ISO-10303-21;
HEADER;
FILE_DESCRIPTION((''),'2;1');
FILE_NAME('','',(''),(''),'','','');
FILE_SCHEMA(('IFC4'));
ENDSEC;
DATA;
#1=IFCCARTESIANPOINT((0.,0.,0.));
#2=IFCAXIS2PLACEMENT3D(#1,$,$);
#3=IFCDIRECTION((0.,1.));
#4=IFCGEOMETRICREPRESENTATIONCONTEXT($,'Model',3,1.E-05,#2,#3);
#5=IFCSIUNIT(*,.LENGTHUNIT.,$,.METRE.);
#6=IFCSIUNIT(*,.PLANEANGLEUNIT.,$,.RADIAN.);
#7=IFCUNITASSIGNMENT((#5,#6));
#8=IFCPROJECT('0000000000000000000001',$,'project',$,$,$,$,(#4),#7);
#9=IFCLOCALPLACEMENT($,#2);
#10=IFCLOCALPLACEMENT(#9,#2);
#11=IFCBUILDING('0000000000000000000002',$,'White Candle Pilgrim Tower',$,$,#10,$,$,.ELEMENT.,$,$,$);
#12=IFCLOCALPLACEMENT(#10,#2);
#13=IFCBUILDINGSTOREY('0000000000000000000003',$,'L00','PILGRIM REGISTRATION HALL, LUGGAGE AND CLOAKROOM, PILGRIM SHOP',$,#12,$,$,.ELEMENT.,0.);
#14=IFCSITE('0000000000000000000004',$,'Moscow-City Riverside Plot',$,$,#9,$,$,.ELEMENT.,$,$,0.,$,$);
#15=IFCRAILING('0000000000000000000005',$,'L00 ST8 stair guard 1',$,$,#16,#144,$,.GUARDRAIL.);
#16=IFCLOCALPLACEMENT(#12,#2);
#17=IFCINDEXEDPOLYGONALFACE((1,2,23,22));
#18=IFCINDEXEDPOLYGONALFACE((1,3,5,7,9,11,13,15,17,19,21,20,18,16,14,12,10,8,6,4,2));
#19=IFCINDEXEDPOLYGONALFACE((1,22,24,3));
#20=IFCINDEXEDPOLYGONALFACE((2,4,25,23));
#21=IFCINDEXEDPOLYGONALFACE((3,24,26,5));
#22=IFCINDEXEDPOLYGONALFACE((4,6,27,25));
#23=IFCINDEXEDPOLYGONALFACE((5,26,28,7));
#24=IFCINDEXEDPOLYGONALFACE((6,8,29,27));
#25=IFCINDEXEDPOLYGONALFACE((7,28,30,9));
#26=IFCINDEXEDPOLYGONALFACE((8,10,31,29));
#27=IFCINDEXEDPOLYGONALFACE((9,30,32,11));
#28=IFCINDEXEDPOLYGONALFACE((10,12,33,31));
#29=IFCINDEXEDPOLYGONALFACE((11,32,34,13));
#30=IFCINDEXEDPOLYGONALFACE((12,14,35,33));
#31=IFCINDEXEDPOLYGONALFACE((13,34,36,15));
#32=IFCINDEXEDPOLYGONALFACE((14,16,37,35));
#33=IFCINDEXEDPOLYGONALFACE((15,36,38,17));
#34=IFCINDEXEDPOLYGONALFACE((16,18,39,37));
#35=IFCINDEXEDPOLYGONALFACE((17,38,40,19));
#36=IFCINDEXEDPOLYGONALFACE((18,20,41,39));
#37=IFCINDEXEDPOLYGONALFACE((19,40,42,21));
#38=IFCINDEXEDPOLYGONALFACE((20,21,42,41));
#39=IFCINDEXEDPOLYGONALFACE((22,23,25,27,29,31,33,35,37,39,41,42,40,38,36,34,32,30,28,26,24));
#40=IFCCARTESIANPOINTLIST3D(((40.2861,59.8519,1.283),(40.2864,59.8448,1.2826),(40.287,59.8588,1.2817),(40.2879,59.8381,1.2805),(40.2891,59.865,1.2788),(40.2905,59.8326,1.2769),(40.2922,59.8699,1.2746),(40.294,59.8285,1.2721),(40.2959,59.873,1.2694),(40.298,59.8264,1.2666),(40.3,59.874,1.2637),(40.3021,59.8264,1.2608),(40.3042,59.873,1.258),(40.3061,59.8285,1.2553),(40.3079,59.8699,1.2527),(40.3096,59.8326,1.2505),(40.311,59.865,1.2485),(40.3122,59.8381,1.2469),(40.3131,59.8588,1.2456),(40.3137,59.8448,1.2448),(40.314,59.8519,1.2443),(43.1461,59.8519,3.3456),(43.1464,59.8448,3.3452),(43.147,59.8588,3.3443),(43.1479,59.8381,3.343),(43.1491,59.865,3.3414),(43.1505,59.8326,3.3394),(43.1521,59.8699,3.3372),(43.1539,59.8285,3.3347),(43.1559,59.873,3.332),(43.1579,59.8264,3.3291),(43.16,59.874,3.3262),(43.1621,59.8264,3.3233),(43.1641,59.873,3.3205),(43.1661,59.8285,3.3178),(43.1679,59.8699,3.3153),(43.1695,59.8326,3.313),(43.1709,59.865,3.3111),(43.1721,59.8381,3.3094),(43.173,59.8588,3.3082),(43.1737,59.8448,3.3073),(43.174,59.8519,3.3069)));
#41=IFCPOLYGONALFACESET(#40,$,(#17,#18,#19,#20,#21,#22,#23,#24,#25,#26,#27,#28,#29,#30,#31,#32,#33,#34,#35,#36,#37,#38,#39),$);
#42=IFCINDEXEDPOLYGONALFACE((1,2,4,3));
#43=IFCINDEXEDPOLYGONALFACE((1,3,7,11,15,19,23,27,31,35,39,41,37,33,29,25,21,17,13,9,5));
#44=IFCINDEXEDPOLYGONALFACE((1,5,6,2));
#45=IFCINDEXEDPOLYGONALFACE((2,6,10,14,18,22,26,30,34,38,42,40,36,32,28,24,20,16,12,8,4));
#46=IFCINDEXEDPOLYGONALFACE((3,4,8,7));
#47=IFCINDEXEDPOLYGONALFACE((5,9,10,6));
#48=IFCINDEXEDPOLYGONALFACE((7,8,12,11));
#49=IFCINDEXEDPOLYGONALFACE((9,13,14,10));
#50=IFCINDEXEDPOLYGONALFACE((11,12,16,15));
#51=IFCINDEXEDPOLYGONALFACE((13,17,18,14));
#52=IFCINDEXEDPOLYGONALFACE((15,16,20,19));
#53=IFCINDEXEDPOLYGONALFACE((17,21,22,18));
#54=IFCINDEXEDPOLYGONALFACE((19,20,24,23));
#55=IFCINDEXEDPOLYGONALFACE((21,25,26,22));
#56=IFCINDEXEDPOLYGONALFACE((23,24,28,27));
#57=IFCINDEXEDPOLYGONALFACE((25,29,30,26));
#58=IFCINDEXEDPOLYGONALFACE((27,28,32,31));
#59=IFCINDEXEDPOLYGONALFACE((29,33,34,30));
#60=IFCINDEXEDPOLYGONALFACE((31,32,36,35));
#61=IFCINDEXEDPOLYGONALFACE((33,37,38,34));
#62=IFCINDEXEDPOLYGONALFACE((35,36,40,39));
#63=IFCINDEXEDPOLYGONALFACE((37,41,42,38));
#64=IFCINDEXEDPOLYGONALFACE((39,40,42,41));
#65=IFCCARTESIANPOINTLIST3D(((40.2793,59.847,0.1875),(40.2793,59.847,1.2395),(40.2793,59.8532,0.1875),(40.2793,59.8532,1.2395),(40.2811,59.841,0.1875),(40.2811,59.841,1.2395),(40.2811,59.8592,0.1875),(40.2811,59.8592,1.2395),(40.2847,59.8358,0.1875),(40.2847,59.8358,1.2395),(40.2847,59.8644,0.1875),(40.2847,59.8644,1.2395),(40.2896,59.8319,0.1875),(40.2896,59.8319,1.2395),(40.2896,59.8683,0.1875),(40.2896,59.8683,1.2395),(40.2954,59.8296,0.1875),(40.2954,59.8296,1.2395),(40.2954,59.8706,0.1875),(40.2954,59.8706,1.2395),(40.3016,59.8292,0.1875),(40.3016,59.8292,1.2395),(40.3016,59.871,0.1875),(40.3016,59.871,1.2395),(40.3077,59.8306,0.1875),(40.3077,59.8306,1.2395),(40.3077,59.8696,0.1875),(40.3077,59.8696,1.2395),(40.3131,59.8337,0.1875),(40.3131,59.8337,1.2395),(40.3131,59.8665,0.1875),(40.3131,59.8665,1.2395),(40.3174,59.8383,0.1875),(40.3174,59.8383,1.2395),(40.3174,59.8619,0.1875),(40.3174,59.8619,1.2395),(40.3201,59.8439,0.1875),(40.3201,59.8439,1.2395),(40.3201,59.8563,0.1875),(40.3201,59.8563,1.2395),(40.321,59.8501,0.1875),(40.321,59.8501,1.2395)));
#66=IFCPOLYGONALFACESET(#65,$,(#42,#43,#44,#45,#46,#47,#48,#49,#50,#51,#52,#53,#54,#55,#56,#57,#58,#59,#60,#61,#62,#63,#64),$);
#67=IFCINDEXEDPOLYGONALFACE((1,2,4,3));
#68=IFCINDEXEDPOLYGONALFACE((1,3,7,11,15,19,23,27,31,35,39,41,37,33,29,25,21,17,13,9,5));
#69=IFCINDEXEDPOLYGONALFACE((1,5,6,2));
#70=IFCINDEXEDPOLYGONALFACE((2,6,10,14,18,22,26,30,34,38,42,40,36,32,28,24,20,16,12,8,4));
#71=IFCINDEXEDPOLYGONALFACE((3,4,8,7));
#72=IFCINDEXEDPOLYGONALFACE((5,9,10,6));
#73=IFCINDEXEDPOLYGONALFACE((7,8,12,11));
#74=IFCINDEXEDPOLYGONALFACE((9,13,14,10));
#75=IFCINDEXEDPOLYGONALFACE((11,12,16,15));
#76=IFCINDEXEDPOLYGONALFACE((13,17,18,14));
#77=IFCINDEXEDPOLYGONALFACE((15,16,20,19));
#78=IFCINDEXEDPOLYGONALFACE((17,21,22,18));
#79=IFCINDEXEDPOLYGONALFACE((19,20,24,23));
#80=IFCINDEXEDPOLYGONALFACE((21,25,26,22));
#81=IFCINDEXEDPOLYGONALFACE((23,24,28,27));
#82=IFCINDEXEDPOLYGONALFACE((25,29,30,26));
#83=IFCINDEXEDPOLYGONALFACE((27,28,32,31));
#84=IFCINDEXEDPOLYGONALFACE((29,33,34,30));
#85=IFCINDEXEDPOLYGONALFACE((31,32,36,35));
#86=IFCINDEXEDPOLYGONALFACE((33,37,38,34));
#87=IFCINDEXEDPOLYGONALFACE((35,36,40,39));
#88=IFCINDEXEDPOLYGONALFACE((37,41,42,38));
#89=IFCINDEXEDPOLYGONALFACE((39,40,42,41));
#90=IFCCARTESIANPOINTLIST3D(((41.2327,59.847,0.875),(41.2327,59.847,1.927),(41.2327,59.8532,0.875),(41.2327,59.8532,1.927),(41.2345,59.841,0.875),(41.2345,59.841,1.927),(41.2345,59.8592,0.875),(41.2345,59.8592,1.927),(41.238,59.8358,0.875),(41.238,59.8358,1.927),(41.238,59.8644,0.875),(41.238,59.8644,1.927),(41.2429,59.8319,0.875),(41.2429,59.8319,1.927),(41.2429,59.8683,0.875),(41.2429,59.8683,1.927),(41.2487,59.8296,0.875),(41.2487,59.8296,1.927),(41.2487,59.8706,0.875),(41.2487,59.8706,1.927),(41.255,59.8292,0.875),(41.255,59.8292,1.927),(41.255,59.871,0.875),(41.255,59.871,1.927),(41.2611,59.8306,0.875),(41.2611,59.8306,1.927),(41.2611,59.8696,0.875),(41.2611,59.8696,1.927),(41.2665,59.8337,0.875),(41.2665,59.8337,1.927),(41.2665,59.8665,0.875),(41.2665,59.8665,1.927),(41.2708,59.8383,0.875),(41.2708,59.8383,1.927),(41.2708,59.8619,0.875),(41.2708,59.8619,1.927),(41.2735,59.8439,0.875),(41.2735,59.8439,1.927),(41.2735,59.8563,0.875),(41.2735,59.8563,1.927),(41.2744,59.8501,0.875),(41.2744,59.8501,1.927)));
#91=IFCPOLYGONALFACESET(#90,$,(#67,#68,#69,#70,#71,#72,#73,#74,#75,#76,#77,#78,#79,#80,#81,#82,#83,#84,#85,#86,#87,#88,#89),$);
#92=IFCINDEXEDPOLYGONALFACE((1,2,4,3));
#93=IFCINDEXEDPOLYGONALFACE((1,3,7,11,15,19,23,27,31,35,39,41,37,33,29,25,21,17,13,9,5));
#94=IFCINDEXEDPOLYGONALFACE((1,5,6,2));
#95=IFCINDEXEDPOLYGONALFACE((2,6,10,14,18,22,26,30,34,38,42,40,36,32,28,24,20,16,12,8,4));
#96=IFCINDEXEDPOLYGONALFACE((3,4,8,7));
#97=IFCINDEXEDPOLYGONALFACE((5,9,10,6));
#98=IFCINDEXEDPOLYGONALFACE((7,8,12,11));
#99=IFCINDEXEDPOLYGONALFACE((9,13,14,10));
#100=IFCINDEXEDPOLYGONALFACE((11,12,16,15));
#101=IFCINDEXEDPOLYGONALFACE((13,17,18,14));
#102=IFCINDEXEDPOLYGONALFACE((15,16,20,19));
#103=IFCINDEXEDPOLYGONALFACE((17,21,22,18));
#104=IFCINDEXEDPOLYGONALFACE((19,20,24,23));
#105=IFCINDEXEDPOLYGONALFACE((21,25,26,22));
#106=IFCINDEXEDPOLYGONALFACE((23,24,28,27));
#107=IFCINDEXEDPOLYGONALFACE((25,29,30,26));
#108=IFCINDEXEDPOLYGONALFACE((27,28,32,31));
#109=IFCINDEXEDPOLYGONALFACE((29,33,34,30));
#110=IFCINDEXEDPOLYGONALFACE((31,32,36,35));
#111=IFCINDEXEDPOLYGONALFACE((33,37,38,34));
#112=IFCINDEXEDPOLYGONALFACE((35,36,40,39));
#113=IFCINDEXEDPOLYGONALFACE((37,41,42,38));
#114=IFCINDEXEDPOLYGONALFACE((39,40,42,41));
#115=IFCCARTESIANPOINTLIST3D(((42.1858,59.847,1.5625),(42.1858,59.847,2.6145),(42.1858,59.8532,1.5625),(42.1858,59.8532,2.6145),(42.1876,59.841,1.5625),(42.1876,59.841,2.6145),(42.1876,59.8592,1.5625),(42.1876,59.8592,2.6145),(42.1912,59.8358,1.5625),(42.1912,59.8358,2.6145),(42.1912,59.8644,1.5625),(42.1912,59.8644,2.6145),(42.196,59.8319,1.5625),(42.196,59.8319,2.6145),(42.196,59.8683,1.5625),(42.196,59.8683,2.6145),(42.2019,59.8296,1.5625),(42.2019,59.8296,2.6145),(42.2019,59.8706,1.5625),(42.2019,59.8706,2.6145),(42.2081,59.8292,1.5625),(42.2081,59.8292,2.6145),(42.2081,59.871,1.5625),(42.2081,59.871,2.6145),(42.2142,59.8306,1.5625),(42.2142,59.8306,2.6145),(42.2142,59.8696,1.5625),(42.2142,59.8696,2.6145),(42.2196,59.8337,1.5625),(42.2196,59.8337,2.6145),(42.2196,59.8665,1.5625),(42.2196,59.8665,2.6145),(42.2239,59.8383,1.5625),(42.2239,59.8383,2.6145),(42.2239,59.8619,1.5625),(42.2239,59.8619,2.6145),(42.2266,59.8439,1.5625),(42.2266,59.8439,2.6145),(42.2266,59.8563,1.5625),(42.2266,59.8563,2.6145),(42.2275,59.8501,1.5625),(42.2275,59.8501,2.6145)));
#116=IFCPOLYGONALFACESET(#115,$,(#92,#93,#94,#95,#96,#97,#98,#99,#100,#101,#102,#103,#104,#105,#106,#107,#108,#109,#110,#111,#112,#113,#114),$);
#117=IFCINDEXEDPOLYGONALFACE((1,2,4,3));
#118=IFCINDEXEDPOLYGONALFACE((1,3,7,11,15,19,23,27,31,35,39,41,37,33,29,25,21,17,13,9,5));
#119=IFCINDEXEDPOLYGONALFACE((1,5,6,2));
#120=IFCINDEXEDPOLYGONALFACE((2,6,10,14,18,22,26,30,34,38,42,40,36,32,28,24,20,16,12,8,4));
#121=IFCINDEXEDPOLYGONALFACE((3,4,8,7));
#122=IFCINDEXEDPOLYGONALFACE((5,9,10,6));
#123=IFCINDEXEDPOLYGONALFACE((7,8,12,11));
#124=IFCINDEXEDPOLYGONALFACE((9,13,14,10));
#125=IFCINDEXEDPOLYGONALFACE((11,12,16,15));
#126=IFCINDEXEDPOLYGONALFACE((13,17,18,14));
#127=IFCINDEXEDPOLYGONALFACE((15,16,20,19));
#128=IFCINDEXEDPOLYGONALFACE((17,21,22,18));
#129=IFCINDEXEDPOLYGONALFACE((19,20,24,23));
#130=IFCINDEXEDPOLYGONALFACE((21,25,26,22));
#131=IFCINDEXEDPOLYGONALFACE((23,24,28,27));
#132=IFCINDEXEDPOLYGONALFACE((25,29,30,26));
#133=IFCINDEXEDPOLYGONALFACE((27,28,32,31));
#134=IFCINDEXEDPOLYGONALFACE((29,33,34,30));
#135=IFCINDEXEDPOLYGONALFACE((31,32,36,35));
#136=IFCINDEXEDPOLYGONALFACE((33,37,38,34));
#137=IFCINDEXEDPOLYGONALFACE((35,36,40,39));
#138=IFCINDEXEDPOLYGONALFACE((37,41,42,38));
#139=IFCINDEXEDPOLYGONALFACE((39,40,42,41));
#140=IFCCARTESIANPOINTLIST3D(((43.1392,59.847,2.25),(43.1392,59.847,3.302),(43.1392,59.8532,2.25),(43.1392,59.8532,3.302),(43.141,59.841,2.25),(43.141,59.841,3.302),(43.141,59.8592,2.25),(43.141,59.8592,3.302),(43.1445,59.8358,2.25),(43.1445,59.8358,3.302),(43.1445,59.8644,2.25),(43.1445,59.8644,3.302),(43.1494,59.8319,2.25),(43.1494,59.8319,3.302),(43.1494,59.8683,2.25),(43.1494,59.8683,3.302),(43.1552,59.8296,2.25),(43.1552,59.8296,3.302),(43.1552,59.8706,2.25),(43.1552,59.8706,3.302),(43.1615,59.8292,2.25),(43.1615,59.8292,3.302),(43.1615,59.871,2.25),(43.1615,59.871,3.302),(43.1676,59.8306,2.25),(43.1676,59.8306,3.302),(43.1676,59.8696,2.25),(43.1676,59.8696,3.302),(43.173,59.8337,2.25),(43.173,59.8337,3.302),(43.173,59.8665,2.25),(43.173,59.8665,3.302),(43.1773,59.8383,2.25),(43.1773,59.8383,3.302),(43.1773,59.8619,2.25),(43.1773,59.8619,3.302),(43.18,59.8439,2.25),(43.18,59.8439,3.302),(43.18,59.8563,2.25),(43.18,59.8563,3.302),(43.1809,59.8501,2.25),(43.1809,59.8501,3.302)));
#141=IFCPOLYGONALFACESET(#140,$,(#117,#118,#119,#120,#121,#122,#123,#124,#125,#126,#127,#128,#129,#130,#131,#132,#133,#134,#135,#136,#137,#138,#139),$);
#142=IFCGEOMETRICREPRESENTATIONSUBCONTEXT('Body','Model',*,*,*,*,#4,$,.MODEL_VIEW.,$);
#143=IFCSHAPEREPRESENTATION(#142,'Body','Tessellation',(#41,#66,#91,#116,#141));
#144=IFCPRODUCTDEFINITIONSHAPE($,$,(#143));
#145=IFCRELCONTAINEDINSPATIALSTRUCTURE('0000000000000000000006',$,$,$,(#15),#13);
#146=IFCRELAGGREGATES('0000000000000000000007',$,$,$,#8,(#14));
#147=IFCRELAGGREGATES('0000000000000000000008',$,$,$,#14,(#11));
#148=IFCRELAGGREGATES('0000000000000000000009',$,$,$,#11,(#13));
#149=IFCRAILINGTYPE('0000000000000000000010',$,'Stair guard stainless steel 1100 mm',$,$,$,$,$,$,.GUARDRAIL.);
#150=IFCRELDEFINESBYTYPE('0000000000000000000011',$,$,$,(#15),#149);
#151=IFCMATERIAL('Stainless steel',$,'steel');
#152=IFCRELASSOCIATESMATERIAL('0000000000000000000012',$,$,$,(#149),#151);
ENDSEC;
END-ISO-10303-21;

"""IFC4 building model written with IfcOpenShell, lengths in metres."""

from ifc_helpers import new_model, si_unit, direction, frame, origin, origin_2d, place, context, subcontext, project, spatial, circle, extrude, material, type_object, element, save


model = new_model("IFC4")

# Units and contexts
model_context = context("Model", 3, precision=1e-05, world=origin(), true_north=direction((0.0, 1.0)))
body_context = subcontext(model_context, "Body", "Model", "MODEL_VIEW")
ifc_project = project(units=[si_unit("LENGTHUNIT", "METRE"), si_unit("PLANEANGLEUNIT", "RADIAN")], contexts=[model_context])

# Site, building, storey
site_placement = place(None, origin())
site = spatial("IfcSite", under=ifc_project, at=site_placement, Name="Moscow-City Riverside Plot", CompositionType="ELEMENT", RefElevation=0.0)
building_placement = place(site_placement, origin())
building = spatial("IfcBuilding", under=site, at=building_placement, Name="White Candle Pilgrim Tower", CompositionType="ELEMENT")
storey_placement = place(building_placement, origin())
storey = spatial("IfcBuildingStorey", under=building, at=storey_placement, Name="L00", Description="PILGRIM REGISTRATION HALL, LUGGAGE AND CLOAKROOM, PILGRIM SHOP", CompositionType="ELEMENT", Elevation=0.0)

# Railing
ifc_material_1 = material(Name="Stainless steel", Category="steel")
railing_type_1 = type_object("IfcRailingType", Name="Stair guard stainless steel 1100 mm", PredefinedType="GUARDRAIL", material=ifc_material_1)
railing_1_placement = place(storey_placement, frame((40.3, 59.8501, 0.1875)))
element("IfcRailing", 1, at=railing_1_placement, inside=storey, type_object=railing_type_1, Name="L00 ST8 stair guard 1", PredefinedType="GUARDRAIL", context=body_context, shape_type="SweptSolid", body=[
    extrude(circle(Radius=0.0239, at=origin_2d()), frame((0.0, 0.0, 1.0762), z_axis=(0.811077, 0.0, 0.584939), x_axis=(0.0, 1.0, 0.0)), (0.0, 0.0, 1.0), 3.5261),
    extrude(circle(Radius=0.021, at=origin_2d()), origin(), (0.0, 0.0, 1.0), 1.052),
    extrude(circle(Radius=0.021, at=origin_2d()), frame((0.9534, 0.0, 0.6875)), (0.0, 0.0, 1.0), 1.052),
    extrude(circle(Radius=0.021, at=origin_2d()), frame((1.9065, 0.0, 1.375)), (0.0, 0.0, 1.0), 1.052),
    extrude(circle(Radius=0.021, at=origin_2d()), frame((2.8599, 0.0, 2.0625)), (0.0, 0.0, 1.0), 1.052),
])

save(model, "model.ifc")
